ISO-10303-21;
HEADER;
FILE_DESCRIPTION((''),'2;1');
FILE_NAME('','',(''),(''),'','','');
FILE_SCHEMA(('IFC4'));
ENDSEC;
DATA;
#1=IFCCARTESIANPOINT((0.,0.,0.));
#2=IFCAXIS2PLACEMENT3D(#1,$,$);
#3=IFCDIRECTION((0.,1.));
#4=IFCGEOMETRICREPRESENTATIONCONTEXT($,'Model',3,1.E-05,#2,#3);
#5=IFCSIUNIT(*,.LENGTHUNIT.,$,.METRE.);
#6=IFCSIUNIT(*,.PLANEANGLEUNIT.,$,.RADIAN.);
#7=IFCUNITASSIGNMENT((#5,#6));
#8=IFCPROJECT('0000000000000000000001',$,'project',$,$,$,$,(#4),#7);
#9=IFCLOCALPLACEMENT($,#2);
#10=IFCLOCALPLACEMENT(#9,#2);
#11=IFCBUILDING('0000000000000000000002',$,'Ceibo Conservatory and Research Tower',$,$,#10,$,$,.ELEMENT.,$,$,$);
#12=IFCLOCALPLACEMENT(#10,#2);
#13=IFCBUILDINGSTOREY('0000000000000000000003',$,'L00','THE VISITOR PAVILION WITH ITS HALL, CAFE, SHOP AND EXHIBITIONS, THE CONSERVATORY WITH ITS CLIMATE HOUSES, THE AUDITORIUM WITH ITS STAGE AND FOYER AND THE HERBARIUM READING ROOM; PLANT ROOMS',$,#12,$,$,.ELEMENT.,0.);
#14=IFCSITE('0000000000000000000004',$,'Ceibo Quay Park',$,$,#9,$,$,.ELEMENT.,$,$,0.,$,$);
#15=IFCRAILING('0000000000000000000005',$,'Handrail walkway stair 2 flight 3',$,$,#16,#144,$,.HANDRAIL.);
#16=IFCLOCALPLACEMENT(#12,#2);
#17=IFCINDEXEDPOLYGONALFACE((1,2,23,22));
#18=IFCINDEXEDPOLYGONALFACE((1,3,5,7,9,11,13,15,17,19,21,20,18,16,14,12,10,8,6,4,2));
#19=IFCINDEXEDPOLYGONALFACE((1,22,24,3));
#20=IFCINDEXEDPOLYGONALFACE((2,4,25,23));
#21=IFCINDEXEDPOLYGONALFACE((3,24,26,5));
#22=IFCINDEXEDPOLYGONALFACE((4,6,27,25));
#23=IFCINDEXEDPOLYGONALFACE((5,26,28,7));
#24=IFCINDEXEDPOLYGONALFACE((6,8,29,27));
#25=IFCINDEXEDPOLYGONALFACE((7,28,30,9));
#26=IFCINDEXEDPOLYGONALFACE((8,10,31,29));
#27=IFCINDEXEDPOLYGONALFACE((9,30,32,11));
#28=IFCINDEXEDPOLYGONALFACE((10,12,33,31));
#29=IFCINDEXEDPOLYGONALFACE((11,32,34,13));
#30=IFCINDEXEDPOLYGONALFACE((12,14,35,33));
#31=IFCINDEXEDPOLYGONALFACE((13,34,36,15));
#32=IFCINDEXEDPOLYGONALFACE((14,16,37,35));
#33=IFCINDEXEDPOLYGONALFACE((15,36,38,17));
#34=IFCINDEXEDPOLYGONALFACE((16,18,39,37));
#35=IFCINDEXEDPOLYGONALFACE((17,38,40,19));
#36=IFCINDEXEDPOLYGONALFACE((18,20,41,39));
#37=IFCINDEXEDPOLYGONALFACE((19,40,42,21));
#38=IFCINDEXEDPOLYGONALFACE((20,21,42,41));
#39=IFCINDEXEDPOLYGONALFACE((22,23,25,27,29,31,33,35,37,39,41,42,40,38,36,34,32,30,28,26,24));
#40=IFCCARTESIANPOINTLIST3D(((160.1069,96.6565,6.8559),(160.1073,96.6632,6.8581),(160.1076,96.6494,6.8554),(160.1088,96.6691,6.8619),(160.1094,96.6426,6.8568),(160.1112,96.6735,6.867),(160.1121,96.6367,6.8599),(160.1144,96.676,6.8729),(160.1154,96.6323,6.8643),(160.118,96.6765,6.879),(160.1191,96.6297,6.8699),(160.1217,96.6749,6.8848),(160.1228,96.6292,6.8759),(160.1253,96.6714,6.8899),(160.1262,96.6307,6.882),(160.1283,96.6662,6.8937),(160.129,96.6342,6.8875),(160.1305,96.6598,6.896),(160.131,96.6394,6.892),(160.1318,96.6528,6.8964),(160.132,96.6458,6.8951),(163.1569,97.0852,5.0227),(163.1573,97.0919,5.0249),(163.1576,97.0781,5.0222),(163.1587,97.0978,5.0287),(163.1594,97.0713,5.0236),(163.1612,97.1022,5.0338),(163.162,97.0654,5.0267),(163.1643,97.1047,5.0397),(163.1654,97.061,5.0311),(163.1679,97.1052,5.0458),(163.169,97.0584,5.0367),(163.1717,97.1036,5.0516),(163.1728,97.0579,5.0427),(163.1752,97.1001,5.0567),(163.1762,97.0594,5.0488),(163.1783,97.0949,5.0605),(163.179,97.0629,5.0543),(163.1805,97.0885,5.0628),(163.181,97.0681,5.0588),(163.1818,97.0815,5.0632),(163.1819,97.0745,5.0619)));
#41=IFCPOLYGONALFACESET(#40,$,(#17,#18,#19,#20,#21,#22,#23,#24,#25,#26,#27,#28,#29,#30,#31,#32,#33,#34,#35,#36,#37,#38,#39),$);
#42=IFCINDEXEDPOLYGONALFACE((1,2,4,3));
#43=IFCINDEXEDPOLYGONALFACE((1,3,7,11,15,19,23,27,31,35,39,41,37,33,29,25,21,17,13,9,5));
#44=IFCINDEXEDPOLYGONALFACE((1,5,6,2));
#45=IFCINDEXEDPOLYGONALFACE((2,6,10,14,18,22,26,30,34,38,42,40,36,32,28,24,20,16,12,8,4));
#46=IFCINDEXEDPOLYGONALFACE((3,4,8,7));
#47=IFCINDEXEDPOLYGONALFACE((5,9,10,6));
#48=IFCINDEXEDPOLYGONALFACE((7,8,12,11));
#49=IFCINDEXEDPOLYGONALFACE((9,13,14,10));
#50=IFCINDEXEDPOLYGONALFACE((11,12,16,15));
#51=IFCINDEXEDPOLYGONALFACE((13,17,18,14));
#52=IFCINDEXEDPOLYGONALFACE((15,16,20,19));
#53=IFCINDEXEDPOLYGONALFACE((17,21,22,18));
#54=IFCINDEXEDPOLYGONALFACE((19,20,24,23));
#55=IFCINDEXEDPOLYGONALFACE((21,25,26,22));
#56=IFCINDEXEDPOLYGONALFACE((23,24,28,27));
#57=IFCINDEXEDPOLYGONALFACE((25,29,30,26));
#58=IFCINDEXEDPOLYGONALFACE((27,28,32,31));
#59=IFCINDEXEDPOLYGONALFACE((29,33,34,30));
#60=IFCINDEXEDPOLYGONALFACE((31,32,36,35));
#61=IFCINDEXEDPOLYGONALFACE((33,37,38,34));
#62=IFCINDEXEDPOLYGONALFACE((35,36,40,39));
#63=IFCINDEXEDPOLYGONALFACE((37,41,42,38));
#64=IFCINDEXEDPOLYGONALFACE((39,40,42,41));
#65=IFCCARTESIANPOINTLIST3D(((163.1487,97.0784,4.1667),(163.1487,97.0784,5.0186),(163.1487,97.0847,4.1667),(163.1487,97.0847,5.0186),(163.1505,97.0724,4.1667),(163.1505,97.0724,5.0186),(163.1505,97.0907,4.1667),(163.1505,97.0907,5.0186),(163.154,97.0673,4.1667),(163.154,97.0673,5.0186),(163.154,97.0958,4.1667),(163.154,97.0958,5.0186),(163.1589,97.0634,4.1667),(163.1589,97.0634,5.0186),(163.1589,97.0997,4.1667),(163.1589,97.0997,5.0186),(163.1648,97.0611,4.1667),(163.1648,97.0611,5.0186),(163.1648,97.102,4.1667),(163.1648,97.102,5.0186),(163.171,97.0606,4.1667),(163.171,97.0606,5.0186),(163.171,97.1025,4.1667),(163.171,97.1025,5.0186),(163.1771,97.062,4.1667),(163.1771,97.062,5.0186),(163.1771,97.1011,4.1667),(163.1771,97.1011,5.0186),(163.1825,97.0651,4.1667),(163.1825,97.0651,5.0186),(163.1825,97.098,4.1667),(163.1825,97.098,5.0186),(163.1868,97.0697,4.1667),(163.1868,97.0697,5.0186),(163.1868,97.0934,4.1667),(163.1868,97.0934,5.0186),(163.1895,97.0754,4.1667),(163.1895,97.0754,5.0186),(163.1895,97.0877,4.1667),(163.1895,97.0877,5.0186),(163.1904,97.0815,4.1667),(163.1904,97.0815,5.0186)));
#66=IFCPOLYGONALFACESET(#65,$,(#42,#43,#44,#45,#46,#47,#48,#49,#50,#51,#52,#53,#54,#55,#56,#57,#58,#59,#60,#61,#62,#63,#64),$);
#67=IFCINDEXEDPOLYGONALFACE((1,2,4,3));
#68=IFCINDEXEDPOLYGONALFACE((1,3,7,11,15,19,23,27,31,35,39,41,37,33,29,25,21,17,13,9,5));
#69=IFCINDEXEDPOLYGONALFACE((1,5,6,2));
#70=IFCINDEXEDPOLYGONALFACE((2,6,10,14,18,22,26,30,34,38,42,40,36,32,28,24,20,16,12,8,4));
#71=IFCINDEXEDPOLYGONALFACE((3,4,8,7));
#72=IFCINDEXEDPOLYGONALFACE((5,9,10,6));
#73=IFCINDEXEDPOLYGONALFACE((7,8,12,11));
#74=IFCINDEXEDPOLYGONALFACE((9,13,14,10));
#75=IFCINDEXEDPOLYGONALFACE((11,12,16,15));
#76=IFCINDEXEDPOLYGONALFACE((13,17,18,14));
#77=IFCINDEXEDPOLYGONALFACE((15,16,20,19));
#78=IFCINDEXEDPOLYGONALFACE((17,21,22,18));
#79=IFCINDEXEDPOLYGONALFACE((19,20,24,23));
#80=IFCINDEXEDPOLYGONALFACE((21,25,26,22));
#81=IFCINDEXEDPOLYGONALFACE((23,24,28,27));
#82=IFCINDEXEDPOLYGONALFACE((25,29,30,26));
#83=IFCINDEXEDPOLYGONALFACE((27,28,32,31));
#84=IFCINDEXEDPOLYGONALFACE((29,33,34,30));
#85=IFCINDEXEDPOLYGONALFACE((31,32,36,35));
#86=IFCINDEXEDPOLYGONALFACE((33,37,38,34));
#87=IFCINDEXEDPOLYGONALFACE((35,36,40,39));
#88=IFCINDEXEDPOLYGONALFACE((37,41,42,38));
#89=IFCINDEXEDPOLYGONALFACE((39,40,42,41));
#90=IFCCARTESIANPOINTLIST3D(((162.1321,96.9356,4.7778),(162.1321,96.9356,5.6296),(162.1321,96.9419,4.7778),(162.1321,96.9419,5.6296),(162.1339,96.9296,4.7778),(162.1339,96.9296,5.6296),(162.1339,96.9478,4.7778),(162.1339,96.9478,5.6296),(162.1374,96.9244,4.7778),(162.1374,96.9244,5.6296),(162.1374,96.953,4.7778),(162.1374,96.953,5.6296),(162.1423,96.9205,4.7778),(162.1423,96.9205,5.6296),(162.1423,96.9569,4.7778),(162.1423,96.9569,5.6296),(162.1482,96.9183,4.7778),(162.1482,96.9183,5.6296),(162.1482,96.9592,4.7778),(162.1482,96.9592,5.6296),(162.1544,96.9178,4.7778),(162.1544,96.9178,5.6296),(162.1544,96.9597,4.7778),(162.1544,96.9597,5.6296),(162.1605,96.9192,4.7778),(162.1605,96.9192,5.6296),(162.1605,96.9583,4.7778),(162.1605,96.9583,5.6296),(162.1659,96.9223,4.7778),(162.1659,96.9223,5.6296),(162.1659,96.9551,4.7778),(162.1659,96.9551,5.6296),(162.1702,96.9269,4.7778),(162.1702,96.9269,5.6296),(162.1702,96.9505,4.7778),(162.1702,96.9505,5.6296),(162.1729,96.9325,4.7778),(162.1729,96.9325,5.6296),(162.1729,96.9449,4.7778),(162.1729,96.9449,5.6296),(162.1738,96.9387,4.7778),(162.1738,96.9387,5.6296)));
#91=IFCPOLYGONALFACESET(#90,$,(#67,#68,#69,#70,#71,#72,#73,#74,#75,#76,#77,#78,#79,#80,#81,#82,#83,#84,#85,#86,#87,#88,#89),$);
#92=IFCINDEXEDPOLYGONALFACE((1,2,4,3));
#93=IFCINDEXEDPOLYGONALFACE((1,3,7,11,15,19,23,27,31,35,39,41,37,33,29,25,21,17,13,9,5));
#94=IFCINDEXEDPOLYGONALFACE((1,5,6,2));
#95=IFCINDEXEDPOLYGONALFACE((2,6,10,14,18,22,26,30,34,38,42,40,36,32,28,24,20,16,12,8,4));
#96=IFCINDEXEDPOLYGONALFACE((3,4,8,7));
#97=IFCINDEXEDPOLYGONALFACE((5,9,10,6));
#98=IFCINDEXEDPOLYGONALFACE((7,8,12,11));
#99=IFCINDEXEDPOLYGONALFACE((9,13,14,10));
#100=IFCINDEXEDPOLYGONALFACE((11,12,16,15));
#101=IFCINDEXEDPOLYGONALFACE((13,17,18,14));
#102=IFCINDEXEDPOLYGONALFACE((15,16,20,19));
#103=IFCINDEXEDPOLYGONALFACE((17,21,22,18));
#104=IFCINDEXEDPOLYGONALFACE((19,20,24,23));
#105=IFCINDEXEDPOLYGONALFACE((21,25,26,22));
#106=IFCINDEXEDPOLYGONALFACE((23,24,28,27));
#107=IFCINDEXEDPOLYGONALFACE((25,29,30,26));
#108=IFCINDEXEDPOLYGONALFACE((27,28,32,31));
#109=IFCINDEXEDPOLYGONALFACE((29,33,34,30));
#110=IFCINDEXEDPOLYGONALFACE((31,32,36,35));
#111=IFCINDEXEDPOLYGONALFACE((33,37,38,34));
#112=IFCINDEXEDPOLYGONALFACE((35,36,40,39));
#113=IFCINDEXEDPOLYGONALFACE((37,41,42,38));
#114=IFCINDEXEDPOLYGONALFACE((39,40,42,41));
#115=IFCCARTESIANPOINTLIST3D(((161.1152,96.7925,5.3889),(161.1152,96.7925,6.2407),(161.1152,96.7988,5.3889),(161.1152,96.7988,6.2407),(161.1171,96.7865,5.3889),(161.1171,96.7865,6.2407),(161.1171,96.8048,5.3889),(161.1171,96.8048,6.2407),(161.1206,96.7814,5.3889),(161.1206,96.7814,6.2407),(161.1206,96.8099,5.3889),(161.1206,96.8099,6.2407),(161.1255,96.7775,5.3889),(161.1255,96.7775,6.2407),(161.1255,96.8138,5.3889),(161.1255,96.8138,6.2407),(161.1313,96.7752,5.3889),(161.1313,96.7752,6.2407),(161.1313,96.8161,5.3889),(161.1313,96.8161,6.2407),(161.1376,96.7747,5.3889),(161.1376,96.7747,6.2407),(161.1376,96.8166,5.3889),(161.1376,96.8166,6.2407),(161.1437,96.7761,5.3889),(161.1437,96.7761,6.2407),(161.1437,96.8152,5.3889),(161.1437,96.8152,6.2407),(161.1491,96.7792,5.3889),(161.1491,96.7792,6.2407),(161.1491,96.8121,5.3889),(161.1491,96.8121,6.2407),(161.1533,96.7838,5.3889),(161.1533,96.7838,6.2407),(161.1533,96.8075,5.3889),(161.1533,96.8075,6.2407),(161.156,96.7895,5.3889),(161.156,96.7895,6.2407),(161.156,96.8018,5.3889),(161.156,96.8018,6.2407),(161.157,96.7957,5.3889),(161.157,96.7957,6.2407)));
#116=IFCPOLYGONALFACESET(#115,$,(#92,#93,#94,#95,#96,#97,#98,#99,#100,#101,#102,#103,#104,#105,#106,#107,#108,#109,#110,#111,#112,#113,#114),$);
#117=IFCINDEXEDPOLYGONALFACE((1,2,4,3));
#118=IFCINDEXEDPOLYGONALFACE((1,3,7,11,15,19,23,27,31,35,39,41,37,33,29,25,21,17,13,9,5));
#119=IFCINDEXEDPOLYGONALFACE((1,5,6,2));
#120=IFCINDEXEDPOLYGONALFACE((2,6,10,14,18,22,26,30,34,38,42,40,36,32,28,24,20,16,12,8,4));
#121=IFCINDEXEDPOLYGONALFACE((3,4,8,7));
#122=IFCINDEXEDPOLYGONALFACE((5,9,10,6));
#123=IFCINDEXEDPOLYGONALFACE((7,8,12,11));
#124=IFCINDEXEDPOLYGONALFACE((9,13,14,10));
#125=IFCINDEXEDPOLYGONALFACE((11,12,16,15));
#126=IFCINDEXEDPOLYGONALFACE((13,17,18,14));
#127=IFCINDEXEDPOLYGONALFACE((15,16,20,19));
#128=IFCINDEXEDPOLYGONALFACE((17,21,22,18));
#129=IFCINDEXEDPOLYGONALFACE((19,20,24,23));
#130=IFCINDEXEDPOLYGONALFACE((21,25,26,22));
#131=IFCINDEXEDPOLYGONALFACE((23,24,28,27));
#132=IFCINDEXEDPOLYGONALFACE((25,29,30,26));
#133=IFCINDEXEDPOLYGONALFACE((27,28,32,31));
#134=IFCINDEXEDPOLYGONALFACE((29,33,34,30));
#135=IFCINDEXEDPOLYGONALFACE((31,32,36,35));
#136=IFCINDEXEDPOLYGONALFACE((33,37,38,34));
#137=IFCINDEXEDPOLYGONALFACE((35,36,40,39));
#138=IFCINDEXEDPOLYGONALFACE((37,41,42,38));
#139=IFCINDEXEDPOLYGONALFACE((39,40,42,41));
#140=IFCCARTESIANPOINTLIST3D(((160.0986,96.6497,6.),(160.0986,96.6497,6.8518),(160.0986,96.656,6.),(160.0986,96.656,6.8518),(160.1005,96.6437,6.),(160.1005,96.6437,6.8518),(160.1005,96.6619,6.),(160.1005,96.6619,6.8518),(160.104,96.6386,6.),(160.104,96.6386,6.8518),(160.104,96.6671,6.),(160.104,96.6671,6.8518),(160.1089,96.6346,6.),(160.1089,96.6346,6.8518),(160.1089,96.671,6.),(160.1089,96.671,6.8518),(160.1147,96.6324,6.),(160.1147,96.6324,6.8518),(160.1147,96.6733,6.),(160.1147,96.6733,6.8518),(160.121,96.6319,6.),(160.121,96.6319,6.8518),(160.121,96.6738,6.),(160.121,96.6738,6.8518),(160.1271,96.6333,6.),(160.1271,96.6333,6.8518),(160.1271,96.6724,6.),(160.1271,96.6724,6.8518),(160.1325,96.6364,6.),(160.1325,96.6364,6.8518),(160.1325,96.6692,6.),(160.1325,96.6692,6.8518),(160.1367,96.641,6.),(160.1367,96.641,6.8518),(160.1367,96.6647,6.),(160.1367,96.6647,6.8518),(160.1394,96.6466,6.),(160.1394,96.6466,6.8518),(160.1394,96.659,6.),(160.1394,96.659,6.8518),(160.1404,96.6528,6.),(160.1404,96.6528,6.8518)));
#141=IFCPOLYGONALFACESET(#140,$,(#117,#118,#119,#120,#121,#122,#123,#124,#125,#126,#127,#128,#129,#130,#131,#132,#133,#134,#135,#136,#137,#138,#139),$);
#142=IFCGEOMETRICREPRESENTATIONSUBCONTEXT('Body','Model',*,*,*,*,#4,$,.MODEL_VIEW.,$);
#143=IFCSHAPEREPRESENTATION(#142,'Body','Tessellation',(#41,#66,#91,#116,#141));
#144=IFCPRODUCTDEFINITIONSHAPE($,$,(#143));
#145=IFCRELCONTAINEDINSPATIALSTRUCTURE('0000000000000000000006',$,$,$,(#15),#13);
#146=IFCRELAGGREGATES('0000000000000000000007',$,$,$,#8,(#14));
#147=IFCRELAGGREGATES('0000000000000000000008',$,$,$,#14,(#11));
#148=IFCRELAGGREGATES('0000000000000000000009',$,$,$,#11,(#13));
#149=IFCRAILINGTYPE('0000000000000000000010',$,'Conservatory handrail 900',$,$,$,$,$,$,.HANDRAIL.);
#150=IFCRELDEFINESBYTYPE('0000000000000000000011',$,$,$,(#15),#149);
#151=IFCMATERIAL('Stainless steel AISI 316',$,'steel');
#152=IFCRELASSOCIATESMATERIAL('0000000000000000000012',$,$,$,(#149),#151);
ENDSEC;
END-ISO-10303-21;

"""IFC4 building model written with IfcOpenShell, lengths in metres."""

from ifc_helpers import new_model, si_unit, direction, frame, origin, origin_2d, place, context, subcontext, project, spatial, circle, extrude, material, type_object, element, save


model = new_model("IFC4")

# Units and contexts
model_context = context("Model", 3, precision=1e-05, world=origin(), true_north=direction((0.0, 1.0)))
body_context = subcontext(model_context, "Body", "Model", "MODEL_VIEW")
ifc_project = project(units=[si_unit("LENGTHUNIT", "METRE"), si_unit("PLANEANGLEUNIT", "RADIAN")], contexts=[model_context])

# Site, building, storey
site_placement = place(None, origin())
site = spatial("IfcSite", under=ifc_project, at=site_placement, Name="Ceibo Quay Park", CompositionType="ELEMENT", RefElevation=0.0)
building_placement = place(site_placement, origin())
building = spatial("IfcBuilding", under=site, at=building_placement, Name="Ceibo Conservatory and Research Tower", CompositionType="ELEMENT")
storey_placement = place(building_placement, origin())
storey = spatial("IfcBuildingStorey", under=building, at=storey_placement, Name="L00", Description="THE VISITOR PAVILION WITH ITS HALL, CAFE, SHOP AND EXHIBITIONS, THE CONSERVATORY WITH ITS CLIMATE HOUSES, THE AUDITORIUM WITH ITS STAGE AND FOYER AND THE HERBARIUM READING ROOM; PLANT ROOMS", CompositionType="ELEMENT", Elevation=0.0)

# Railing
ifc_material_1 = material(Name="Stainless steel AISI 316", Category="steel")
railing_type_1 = type_object("IfcRailingType", Name="Conservatory handrail 900", PredefinedType="HANDRAIL", material=ifc_material_1)
railing_1_placement = place(storey_placement, frame((163.1694, 97.0815, 4.1667)))
element("IfcRailing", 1, at=railing_1_placement, inside=storey, type_object=railing_type_1, Name="Handrail walkway stair 2 flight 3", PredefinedType="HANDRAIL", context=body_context, shape_type="SweptSolid", body=[
    extrude(circle(Radius=0.0239, at=origin_2d()), frame((0.0, 0.0, 0.876), z_axis=(-0.85094, -0.119607, 0.511463), x_axis=(0.13919, -0.990266, 0.0)), (0.0, 0.0, 1.0), 3.5842),
    extrude(circle(Radius=0.021, at=origin_2d()), origin(), (0.0, 0.0, 1.0), 0.8518),
    extrude(circle(Radius=0.021, at=origin_2d()), frame((-1.0166, -0.1428, 0.6111)), (0.0, 0.0, 1.0), 0.8518),
    extrude(circle(Radius=0.021, at=origin_2d()), frame((-2.0334, -0.2859, 1.2222)), (0.0, 0.0, 1.0), 0.8518),
    extrude(circle(Radius=0.021, at=origin_2d()), frame((-3.05, -0.4287, 1.8333)), (0.0, 0.0, 1.0), 0.8518),
])

save(model, "model.ifc")
